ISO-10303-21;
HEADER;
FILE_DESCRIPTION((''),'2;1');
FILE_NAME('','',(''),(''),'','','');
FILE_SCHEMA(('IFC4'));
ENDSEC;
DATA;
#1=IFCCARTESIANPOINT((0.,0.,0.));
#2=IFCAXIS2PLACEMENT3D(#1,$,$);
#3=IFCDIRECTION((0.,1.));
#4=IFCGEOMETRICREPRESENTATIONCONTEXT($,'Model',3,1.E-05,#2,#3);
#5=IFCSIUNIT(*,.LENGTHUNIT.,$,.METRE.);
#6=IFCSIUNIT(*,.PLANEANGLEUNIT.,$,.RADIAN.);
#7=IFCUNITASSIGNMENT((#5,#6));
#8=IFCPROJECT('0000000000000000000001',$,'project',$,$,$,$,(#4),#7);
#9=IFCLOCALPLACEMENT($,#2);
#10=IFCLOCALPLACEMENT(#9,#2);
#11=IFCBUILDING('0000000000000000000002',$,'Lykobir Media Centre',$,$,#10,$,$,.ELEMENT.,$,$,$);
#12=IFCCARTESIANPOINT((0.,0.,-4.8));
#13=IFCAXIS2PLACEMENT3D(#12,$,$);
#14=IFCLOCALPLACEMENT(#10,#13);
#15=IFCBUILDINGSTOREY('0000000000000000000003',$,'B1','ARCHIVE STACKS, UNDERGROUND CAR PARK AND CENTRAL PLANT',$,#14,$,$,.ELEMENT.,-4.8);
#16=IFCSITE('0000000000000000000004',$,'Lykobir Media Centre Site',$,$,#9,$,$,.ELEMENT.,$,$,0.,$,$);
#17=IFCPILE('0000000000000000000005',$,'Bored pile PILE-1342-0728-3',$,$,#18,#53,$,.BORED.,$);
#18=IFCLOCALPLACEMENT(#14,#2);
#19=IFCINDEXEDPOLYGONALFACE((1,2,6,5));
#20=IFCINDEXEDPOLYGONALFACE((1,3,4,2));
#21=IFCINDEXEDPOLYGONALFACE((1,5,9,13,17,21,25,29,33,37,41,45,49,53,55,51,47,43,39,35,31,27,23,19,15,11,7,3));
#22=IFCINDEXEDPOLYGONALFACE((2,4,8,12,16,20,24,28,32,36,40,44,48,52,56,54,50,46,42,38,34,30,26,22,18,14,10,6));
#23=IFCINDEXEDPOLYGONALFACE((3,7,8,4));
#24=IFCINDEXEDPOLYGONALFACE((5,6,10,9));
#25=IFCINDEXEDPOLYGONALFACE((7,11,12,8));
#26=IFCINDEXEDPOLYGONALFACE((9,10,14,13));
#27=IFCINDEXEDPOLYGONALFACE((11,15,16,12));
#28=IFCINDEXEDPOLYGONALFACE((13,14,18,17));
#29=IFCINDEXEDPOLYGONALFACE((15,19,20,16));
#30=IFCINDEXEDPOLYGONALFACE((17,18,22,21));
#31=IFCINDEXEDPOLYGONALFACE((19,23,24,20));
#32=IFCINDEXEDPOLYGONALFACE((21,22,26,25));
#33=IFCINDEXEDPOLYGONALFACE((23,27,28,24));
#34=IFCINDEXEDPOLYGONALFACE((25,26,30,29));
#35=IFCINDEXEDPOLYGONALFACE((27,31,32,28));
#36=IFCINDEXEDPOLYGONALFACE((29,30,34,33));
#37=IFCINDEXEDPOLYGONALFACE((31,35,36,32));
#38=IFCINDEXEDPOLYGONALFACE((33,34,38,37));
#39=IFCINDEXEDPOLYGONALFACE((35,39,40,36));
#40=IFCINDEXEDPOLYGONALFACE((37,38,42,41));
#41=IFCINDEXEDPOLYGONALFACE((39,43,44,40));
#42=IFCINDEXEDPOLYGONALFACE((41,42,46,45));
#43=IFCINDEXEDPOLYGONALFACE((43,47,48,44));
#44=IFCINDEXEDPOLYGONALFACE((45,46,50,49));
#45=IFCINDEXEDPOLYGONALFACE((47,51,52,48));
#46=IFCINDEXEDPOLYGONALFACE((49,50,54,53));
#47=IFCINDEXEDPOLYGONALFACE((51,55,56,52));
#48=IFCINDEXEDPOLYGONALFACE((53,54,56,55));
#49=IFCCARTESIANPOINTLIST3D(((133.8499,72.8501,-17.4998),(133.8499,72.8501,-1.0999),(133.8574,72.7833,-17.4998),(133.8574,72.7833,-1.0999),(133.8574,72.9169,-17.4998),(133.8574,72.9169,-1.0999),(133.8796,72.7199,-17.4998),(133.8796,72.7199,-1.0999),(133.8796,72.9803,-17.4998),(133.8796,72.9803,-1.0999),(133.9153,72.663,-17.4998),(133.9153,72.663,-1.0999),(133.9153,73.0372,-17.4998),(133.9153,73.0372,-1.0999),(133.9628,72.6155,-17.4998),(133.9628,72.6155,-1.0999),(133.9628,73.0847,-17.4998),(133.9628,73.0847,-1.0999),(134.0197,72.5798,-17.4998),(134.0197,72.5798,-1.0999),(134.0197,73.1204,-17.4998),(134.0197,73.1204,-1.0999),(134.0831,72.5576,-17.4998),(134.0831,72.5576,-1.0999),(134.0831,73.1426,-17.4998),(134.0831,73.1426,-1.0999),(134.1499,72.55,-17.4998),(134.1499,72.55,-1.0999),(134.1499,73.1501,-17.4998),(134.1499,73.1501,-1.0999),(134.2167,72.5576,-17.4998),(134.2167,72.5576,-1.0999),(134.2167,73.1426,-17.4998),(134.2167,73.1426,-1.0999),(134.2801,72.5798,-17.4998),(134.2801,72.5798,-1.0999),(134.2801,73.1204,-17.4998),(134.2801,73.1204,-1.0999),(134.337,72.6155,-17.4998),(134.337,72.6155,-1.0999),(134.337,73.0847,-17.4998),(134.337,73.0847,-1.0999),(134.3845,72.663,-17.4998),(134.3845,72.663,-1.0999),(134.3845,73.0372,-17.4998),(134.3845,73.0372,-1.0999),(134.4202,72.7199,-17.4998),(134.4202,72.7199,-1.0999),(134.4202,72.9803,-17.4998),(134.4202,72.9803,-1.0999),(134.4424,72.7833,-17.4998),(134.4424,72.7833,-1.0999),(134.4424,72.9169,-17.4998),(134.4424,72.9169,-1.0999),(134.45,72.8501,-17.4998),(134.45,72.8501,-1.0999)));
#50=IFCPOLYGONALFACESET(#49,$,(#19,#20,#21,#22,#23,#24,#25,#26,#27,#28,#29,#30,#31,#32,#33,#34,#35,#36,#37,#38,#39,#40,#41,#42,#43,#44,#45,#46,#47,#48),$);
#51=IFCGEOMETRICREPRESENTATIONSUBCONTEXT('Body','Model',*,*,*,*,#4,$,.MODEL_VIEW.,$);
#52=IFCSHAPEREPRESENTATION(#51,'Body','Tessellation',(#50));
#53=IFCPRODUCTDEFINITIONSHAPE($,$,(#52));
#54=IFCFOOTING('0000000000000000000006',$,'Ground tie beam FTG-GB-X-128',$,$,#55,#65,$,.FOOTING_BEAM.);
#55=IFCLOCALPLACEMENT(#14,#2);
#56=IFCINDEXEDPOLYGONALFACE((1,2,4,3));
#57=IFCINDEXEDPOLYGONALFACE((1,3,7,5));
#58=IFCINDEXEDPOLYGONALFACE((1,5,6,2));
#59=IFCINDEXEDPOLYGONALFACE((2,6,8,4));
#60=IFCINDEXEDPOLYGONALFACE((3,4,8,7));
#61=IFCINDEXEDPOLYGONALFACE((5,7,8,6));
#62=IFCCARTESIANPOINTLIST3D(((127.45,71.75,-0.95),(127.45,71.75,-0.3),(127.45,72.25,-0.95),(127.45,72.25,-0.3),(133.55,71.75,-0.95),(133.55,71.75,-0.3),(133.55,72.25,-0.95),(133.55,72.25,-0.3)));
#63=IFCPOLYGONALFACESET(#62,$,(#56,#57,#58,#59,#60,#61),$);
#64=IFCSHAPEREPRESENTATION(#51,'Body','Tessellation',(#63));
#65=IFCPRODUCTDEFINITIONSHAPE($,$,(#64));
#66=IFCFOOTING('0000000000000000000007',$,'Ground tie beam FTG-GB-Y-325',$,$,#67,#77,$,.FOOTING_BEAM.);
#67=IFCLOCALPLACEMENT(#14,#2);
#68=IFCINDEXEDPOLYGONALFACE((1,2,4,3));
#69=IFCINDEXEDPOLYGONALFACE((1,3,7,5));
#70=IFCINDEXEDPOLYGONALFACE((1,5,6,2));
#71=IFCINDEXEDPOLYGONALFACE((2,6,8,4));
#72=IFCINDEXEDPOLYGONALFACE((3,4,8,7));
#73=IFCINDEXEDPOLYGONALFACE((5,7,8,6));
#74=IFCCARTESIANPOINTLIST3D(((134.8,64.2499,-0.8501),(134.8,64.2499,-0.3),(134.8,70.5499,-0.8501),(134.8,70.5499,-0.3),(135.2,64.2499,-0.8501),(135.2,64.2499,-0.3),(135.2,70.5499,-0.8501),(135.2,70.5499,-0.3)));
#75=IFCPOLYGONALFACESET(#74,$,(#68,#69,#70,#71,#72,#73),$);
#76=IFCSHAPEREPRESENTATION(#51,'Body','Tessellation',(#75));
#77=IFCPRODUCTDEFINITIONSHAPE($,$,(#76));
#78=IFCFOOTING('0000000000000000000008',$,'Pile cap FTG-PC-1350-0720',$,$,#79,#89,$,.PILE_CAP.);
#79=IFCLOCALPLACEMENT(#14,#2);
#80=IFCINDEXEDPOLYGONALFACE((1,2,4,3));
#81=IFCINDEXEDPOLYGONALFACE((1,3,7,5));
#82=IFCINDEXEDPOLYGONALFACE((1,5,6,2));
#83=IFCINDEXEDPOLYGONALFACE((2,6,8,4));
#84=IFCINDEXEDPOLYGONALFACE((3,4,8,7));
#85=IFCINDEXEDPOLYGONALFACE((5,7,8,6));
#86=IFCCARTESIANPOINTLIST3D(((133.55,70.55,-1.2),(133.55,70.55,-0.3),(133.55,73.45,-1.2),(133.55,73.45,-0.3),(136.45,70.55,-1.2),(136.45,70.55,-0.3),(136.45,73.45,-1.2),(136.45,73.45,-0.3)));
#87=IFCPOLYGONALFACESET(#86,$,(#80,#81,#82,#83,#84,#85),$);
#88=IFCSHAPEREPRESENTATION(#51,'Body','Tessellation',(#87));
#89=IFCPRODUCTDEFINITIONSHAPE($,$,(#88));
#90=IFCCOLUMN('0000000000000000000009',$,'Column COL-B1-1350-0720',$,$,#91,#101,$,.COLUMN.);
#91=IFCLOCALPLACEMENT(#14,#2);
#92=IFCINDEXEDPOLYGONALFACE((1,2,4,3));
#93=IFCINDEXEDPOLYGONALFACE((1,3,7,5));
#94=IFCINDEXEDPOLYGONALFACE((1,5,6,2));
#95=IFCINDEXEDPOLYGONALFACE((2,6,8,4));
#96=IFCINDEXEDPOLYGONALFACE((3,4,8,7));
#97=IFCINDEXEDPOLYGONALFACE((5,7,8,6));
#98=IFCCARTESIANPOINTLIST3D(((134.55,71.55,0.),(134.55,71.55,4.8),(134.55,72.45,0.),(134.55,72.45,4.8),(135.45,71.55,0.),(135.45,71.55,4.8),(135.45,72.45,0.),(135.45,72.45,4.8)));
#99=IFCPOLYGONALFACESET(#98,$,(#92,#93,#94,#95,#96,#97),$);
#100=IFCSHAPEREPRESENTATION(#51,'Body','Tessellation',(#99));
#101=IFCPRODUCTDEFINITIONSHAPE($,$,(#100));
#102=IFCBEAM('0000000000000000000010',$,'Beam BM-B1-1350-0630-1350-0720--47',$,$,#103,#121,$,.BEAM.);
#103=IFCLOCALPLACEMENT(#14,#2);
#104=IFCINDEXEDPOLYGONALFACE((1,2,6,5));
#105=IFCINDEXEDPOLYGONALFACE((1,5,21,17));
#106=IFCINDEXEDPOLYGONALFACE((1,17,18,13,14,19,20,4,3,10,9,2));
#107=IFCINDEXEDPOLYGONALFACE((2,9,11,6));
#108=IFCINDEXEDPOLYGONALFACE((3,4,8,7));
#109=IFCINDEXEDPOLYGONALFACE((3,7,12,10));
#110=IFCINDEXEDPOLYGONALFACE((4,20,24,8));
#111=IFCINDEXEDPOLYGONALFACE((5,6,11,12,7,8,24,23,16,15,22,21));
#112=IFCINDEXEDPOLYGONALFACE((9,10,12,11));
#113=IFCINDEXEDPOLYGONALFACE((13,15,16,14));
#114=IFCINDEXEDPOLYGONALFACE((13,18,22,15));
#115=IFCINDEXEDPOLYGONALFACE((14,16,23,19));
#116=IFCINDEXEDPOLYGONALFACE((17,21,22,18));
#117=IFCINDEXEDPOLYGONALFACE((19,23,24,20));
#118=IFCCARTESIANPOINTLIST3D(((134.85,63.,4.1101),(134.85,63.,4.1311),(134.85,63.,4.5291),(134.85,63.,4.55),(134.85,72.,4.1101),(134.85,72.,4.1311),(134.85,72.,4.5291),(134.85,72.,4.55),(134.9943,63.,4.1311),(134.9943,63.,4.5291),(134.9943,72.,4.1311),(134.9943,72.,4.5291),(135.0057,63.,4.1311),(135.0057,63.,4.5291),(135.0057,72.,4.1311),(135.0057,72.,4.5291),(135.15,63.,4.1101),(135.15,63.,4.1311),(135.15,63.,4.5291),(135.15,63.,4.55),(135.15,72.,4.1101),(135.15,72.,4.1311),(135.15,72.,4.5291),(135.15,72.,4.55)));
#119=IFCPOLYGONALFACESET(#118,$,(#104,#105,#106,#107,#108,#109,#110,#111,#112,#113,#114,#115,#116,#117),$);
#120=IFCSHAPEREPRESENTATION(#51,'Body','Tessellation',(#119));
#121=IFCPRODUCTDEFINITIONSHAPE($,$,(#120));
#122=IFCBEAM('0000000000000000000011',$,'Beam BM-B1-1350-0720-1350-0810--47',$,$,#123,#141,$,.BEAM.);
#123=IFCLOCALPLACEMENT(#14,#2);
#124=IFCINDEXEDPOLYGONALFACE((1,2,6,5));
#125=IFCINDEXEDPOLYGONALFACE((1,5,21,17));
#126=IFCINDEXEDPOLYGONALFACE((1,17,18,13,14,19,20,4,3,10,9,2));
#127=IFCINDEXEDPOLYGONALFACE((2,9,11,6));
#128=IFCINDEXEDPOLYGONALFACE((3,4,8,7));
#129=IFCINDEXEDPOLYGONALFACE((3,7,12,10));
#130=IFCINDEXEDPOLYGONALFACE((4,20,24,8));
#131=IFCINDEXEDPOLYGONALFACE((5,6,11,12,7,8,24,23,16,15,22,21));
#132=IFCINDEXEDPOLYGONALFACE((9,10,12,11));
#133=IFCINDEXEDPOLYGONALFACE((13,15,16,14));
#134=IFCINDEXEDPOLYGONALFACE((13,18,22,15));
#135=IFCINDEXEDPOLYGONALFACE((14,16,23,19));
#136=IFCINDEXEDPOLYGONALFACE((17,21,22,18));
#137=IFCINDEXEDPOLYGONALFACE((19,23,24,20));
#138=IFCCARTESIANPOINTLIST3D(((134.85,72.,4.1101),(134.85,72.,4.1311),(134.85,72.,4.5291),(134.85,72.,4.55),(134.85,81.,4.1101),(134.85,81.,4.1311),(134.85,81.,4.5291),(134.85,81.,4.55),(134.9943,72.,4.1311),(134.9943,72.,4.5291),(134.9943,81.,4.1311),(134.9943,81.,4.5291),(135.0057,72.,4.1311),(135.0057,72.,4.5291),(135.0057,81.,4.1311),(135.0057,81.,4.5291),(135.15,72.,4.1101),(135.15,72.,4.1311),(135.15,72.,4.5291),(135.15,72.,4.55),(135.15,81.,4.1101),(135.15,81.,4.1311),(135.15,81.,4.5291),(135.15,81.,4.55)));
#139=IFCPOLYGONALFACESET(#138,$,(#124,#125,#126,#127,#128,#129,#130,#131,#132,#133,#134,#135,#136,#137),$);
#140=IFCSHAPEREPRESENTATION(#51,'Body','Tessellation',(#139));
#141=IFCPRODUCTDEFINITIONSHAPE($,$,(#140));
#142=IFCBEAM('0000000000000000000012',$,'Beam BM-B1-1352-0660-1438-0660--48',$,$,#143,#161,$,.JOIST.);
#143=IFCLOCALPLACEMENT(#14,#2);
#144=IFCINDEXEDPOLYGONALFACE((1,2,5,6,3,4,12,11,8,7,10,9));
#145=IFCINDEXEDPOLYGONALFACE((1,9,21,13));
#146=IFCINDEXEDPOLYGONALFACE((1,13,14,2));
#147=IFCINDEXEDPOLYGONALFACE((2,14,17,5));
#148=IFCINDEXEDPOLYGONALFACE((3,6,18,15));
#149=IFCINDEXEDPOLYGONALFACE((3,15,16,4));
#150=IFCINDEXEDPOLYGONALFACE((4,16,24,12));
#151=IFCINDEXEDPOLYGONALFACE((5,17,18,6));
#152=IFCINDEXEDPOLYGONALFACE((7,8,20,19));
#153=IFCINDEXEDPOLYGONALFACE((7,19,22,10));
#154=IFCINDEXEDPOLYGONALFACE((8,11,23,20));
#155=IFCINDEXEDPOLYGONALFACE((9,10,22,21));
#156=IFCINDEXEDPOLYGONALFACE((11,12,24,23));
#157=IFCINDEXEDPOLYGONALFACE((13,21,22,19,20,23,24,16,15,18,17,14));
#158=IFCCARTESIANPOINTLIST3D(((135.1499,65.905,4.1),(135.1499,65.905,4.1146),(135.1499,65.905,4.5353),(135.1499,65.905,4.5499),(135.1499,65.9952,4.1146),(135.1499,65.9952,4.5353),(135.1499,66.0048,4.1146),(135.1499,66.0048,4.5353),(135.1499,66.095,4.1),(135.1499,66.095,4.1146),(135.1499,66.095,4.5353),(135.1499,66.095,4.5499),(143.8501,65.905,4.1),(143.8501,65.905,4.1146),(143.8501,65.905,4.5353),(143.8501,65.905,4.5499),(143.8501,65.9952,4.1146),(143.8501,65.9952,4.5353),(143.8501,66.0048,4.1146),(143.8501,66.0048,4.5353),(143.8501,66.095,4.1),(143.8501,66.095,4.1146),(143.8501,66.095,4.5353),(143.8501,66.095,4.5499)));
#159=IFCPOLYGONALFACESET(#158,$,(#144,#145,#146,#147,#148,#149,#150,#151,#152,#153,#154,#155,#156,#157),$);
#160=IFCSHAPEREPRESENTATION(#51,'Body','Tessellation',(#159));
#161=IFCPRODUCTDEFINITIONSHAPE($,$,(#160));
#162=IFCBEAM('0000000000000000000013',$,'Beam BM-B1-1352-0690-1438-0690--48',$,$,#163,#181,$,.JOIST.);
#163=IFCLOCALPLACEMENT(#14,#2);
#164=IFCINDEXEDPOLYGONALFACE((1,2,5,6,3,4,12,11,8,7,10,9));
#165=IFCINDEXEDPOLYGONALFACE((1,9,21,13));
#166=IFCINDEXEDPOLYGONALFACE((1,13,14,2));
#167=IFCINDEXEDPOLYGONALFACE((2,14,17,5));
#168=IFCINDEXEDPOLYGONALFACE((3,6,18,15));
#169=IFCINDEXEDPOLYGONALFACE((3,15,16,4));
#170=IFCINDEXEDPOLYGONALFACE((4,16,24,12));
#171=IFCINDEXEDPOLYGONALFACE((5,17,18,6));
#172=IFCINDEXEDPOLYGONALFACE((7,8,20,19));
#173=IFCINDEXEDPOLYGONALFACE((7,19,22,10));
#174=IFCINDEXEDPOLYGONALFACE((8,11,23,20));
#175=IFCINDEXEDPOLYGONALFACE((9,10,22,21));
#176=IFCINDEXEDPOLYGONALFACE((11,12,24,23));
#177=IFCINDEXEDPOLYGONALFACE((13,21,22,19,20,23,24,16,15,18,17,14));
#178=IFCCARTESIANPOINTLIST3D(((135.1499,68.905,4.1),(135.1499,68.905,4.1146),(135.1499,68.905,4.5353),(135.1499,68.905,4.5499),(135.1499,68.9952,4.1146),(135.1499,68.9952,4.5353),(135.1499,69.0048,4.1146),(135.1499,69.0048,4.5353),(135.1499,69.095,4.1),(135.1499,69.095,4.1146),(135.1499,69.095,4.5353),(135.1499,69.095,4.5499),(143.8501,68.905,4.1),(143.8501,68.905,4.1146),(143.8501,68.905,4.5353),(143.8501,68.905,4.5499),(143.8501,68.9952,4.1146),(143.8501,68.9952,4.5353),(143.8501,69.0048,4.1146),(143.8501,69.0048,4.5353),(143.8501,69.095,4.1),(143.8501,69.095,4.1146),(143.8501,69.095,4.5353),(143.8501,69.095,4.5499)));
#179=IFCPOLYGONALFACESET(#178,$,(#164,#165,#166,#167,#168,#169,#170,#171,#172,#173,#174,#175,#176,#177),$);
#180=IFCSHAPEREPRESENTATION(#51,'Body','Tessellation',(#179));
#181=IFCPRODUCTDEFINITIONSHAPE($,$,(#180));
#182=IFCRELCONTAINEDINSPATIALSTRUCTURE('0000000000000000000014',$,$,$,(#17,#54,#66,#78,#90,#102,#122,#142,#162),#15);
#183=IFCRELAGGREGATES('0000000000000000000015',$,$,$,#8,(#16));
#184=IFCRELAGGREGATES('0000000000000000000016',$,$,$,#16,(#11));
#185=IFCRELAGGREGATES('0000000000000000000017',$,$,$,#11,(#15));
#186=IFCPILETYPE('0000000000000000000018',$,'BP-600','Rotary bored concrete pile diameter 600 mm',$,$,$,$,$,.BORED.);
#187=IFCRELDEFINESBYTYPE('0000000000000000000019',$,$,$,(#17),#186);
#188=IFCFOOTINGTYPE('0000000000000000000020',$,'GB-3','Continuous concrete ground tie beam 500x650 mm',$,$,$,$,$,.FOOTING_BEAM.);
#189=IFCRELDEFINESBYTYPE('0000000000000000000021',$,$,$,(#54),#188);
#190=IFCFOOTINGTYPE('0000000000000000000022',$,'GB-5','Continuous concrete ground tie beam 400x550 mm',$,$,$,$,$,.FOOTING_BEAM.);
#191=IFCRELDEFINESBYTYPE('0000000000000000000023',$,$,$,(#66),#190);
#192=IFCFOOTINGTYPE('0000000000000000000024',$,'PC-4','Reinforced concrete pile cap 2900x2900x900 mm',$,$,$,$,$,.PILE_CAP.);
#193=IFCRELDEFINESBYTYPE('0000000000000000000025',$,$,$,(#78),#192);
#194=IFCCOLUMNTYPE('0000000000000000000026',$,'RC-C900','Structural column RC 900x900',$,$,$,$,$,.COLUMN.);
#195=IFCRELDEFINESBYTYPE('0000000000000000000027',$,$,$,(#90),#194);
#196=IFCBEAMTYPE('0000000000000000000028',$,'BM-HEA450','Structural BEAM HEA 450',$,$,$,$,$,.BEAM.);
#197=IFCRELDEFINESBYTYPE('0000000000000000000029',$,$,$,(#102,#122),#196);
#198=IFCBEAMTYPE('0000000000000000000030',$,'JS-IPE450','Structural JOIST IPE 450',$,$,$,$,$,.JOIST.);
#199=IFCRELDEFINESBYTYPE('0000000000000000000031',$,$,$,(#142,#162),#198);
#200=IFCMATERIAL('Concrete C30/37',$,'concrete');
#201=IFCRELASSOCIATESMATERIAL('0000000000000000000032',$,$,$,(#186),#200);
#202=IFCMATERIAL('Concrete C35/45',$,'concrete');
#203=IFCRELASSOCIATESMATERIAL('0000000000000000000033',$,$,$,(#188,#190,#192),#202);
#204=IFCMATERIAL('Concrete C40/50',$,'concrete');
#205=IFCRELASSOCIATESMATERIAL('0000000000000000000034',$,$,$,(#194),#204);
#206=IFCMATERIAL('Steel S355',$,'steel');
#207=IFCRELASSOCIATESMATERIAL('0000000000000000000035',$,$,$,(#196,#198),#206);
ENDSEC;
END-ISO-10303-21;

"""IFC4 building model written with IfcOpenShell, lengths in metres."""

from ifc_helpers import new_model, si_unit, direction, frame, origin, origin_2d, place, context, subcontext, project, spatial, rectangle, circle, i_section, extrude, material, material_profile, profile_set, type_object, element, save


model = new_model("IFC4")

# Units and contexts
model_context = context("Model", 3, precision=1e-05, world=origin(), true_north=direction((0.0, 1.0)))
body_context = subcontext(model_context, "Body", "Model", "MODEL_VIEW")
ifc_project = project(units=[si_unit("LENGTHUNIT", "METRE"), si_unit("PLANEANGLEUNIT", "RADIAN")], contexts=[model_context])

# Site, building, storey
site_placement = place(None, origin())
site = spatial("IfcSite", under=ifc_project, at=site_placement, Name="Lykobir Media Centre Site", CompositionType="ELEMENT", RefElevation=0.0)
building_placement = place(site_placement, origin())
building = spatial("IfcBuilding", under=site, at=building_placement, Name="Lykobir Media Centre", CompositionType="ELEMENT")
storey_placement = place(building_placement, frame((0.0, 0.0, -4.8)))
storey = spatial("IfcBuildingStorey", under=building, at=storey_placement, Name="B1", Description="ARCHIVE STACKS, UNDERGROUND CAR PARK AND CENTRAL PLANT", CompositionType="ELEMENT", Elevation=-4.8)

# Pile
ifc_material_1 = material(Name="Concrete C30/37", Category="concrete")
ifc_material_profile_1 = material_profile(ifc_material_1, circle(Radius=0.3, at=origin_2d()), Name="BORED PILE D600")
ifc_profile_set_1 = profile_set([ifc_material_profile_1], Name="Concrete C30/37")
pile_type = type_object("IfcPileType", Name="BP-600", Description="Rotary bored concrete pile diameter 600 mm", PredefinedType="BORED", material=ifc_profile_set_1)
for number, where, z_axis, x_axis, name in (
    (1, (134.1499, 72.8501, -1.0999), (0.0, 0.0, -1.0), (1.0, 0.0, 0.0), "Bored pile PILE-1342-0728-3"),
):
    element("IfcPile", number, at=place(storey_placement, frame(where, z_axis=z_axis, x_axis=x_axis)), inside=storey, type_object=pile_type, Name=name, PredefinedType="BORED", context=body_context, shape_type="SweptSolid", body=[
        extrude(circle(Radius=0.3, at=origin_2d()), origin(), (0.0, 0.0, 1.0), 16.3999),
    ])

# Footings
ifc_material_2 = material(Name="Concrete C35/45", Category="concrete")
footing_type_1 = type_object("IfcFootingType", Name="GB-3", Description="Continuous concrete ground tie beam 500x650 mm", PredefinedType="FOOTING_BEAM", material=ifc_material_2)
footing_1_placement = place(storey_placement, frame((130.5, 72.0, -0.95), z_axis=(0.0, 0.0, 1.0), x_axis=(1.0, 0.0, 0.0)))
element("IfcFooting", 2, at=footing_1_placement, inside=storey, type_object=footing_type_1, Name="Ground tie beam FTG-GB-X-128", PredefinedType="FOOTING_BEAM", context=body_context, shape_type="SweptSolid", body=[
    extrude(rectangle(XDim=6.1001, YDim=0.5, at=origin_2d()), origin(), (0.0, 0.0, 1.0), 0.6499),
])
footing_type_2 = type_object("IfcFootingType", Name="GB-5", Description="Continuous concrete ground tie beam 400x550 mm", PredefinedType="FOOTING_BEAM", material=ifc_material_2)
footing_2_placement = place(storey_placement, frame((135.0, 67.3999, -0.8501), z_axis=(0.0, 0.0, 1.0), x_axis=(0.0, 1.0, 0.0)))
element("IfcFooting", 3, at=footing_2_placement, inside=storey, type_object=footing_type_2, Name="Ground tie beam FTG-GB-Y-325", PredefinedType="FOOTING_BEAM", context=body_context, shape_type="SweptSolid", body=[
    extrude(rectangle(XDim=6.3, YDim=0.3999, at=origin_2d()), origin(), (0.0, 0.0, 1.0), 0.55),
])
footing_type_3 = type_object("IfcFootingType", Name="PC-4", Description="Reinforced concrete pile cap 2900x2900x900 mm", PredefinedType="PILE_CAP", material=ifc_material_2)
footing_3_placement = place(storey_placement, frame((135.0, 72.0, -1.2), z_axis=(0.0, 0.0, 1.0), x_axis=(1.0, 0.0, 0.0)))
element("IfcFooting", 4, at=footing_3_placement, inside=storey, type_object=footing_type_3, Name="Pile cap FTG-PC-1350-0720", PredefinedType="PILE_CAP", context=body_context, shape_type="SweptSolid", body=[
    extrude(rectangle(XDim=2.8999, YDim=2.8999, at=origin_2d()), origin(), (0.0, 0.0, 1.0), 0.8999),
])

# Column
ifc_material_3 = material(Name="Concrete C40/50", Category="concrete")
ifc_material_profile_2 = material_profile(ifc_material_3, rectangle(XDim=0.8999, YDim=0.8999, at=origin_2d()), Name="RC 900x900")
ifc_profile_set_2 = profile_set([ifc_material_profile_2], Name="Concrete C40/50")
column_type = type_object("IfcColumnType", Name="RC-C900", Description="Structural column RC 900x900", PredefinedType="COLUMN", material=ifc_profile_set_2)
column_placement = place(storey_placement, frame((135.0, 72.0, 0.0), z_axis=(0.0, 0.0, 1.0), x_axis=(1.0, 0.0, 0.0)))
element("IfcColumn", 5, at=column_placement, inside=storey, type_object=column_type, Name="Column COL-B1-1350-0720", PredefinedType="COLUMN", context=body_context, shape_type="SweptSolid", body=[
    extrude(rectangle(XDim=0.8999, YDim=0.8999, at=origin_2d()), origin(), (0.0, 0.0, 1.0), 4.8),
])

# Beams
ifc_material_4 = material(Name="Steel S355", Category="steel")
ifc_material_profile_3 = material_profile(ifc_material_4, i_section(OverallWidth=0.3, OverallDepth=0.4399, WebThickness=0.0115, FlangeThickness=0.021, at=origin_2d()), Name="HEA 450")
ifc_profile_set_3 = profile_set([ifc_material_profile_3], Name="Steel S355")
beam_type_1 = type_object("IfcBeamType", Name="BM-HEA450", Description="Structural BEAM HEA 450", PredefinedType="BEAM", material=ifc_profile_set_3)
for number, where, z_axis, x_axis, name in (
    (6, (135.0, 63.0, 4.3301), (0.0, 1.0, 0.0), (-1.0, 0.0, 0.0), "Beam BM-B1-1350-0630-1350-0720--47"),
    (7, (135.0, 72.0, 4.3301), (0.0, 1.0, 0.0), (-1.0, 0.0, 0.0), "Beam BM-B1-1350-0720-1350-0810--47"),
):
    element("IfcBeam", number, at=place(storey_placement, frame(where, z_axis=z_axis, x_axis=x_axis)), inside=storey, type_object=beam_type_1, Name=name, PredefinedType="BEAM", context=body_context, shape_type="SweptSolid", body=[
        extrude(i_section(OverallWidth=0.3, OverallDepth=0.4399, WebThickness=0.0115, FlangeThickness=0.021, at=origin_2d()), origin(), (0.0, 0.0, 1.0), 9.0),
    ])
ifc_material_profile_4 = material_profile(ifc_material_4, i_section(OverallWidth=0.1899, OverallDepth=0.45, WebThickness=0.0095, FlangeThickness=0.0146, at=origin_2d()), Name="IPE 450")
ifc_profile_set_4 = profile_set([ifc_material_profile_4], Name="Steel S355")
beam_type_2 = type_object("IfcBeamType", Name="JS-IPE450", Description="Structural JOIST IPE 450", PredefinedType="JOIST", material=ifc_profile_set_4)
for number, where, z_axis, x_axis, name in (
    (8, (135.1499, 66.0, 4.325), (1.0, 0.0, 0.0), (0.0, 1.0, 0.0), "Beam BM-B1-1352-0660-1438-0660--48"),
    (9, (135.1499, 69.0, 4.325), (1.0, 0.0, 0.0), (0.0, 1.0, 0.0), "Beam BM-B1-1352-0690-1438-0690--48"),
):
    element("IfcBeam", number, at=place(storey_placement, frame(where, z_axis=z_axis, x_axis=x_axis)), inside=storey, type_object=beam_type_2, Name=name, PredefinedType="JOIST", context=body_context, shape_type="SweptSolid", body=[
        extrude(i_section(OverallWidth=0.1899, OverallDepth=0.45, WebThickness=0.0095, FlangeThickness=0.0146, at=origin_2d()), origin(), (0.0, 0.0, 1.0), 8.7002),
    ])

save(model, "model.ifc")
